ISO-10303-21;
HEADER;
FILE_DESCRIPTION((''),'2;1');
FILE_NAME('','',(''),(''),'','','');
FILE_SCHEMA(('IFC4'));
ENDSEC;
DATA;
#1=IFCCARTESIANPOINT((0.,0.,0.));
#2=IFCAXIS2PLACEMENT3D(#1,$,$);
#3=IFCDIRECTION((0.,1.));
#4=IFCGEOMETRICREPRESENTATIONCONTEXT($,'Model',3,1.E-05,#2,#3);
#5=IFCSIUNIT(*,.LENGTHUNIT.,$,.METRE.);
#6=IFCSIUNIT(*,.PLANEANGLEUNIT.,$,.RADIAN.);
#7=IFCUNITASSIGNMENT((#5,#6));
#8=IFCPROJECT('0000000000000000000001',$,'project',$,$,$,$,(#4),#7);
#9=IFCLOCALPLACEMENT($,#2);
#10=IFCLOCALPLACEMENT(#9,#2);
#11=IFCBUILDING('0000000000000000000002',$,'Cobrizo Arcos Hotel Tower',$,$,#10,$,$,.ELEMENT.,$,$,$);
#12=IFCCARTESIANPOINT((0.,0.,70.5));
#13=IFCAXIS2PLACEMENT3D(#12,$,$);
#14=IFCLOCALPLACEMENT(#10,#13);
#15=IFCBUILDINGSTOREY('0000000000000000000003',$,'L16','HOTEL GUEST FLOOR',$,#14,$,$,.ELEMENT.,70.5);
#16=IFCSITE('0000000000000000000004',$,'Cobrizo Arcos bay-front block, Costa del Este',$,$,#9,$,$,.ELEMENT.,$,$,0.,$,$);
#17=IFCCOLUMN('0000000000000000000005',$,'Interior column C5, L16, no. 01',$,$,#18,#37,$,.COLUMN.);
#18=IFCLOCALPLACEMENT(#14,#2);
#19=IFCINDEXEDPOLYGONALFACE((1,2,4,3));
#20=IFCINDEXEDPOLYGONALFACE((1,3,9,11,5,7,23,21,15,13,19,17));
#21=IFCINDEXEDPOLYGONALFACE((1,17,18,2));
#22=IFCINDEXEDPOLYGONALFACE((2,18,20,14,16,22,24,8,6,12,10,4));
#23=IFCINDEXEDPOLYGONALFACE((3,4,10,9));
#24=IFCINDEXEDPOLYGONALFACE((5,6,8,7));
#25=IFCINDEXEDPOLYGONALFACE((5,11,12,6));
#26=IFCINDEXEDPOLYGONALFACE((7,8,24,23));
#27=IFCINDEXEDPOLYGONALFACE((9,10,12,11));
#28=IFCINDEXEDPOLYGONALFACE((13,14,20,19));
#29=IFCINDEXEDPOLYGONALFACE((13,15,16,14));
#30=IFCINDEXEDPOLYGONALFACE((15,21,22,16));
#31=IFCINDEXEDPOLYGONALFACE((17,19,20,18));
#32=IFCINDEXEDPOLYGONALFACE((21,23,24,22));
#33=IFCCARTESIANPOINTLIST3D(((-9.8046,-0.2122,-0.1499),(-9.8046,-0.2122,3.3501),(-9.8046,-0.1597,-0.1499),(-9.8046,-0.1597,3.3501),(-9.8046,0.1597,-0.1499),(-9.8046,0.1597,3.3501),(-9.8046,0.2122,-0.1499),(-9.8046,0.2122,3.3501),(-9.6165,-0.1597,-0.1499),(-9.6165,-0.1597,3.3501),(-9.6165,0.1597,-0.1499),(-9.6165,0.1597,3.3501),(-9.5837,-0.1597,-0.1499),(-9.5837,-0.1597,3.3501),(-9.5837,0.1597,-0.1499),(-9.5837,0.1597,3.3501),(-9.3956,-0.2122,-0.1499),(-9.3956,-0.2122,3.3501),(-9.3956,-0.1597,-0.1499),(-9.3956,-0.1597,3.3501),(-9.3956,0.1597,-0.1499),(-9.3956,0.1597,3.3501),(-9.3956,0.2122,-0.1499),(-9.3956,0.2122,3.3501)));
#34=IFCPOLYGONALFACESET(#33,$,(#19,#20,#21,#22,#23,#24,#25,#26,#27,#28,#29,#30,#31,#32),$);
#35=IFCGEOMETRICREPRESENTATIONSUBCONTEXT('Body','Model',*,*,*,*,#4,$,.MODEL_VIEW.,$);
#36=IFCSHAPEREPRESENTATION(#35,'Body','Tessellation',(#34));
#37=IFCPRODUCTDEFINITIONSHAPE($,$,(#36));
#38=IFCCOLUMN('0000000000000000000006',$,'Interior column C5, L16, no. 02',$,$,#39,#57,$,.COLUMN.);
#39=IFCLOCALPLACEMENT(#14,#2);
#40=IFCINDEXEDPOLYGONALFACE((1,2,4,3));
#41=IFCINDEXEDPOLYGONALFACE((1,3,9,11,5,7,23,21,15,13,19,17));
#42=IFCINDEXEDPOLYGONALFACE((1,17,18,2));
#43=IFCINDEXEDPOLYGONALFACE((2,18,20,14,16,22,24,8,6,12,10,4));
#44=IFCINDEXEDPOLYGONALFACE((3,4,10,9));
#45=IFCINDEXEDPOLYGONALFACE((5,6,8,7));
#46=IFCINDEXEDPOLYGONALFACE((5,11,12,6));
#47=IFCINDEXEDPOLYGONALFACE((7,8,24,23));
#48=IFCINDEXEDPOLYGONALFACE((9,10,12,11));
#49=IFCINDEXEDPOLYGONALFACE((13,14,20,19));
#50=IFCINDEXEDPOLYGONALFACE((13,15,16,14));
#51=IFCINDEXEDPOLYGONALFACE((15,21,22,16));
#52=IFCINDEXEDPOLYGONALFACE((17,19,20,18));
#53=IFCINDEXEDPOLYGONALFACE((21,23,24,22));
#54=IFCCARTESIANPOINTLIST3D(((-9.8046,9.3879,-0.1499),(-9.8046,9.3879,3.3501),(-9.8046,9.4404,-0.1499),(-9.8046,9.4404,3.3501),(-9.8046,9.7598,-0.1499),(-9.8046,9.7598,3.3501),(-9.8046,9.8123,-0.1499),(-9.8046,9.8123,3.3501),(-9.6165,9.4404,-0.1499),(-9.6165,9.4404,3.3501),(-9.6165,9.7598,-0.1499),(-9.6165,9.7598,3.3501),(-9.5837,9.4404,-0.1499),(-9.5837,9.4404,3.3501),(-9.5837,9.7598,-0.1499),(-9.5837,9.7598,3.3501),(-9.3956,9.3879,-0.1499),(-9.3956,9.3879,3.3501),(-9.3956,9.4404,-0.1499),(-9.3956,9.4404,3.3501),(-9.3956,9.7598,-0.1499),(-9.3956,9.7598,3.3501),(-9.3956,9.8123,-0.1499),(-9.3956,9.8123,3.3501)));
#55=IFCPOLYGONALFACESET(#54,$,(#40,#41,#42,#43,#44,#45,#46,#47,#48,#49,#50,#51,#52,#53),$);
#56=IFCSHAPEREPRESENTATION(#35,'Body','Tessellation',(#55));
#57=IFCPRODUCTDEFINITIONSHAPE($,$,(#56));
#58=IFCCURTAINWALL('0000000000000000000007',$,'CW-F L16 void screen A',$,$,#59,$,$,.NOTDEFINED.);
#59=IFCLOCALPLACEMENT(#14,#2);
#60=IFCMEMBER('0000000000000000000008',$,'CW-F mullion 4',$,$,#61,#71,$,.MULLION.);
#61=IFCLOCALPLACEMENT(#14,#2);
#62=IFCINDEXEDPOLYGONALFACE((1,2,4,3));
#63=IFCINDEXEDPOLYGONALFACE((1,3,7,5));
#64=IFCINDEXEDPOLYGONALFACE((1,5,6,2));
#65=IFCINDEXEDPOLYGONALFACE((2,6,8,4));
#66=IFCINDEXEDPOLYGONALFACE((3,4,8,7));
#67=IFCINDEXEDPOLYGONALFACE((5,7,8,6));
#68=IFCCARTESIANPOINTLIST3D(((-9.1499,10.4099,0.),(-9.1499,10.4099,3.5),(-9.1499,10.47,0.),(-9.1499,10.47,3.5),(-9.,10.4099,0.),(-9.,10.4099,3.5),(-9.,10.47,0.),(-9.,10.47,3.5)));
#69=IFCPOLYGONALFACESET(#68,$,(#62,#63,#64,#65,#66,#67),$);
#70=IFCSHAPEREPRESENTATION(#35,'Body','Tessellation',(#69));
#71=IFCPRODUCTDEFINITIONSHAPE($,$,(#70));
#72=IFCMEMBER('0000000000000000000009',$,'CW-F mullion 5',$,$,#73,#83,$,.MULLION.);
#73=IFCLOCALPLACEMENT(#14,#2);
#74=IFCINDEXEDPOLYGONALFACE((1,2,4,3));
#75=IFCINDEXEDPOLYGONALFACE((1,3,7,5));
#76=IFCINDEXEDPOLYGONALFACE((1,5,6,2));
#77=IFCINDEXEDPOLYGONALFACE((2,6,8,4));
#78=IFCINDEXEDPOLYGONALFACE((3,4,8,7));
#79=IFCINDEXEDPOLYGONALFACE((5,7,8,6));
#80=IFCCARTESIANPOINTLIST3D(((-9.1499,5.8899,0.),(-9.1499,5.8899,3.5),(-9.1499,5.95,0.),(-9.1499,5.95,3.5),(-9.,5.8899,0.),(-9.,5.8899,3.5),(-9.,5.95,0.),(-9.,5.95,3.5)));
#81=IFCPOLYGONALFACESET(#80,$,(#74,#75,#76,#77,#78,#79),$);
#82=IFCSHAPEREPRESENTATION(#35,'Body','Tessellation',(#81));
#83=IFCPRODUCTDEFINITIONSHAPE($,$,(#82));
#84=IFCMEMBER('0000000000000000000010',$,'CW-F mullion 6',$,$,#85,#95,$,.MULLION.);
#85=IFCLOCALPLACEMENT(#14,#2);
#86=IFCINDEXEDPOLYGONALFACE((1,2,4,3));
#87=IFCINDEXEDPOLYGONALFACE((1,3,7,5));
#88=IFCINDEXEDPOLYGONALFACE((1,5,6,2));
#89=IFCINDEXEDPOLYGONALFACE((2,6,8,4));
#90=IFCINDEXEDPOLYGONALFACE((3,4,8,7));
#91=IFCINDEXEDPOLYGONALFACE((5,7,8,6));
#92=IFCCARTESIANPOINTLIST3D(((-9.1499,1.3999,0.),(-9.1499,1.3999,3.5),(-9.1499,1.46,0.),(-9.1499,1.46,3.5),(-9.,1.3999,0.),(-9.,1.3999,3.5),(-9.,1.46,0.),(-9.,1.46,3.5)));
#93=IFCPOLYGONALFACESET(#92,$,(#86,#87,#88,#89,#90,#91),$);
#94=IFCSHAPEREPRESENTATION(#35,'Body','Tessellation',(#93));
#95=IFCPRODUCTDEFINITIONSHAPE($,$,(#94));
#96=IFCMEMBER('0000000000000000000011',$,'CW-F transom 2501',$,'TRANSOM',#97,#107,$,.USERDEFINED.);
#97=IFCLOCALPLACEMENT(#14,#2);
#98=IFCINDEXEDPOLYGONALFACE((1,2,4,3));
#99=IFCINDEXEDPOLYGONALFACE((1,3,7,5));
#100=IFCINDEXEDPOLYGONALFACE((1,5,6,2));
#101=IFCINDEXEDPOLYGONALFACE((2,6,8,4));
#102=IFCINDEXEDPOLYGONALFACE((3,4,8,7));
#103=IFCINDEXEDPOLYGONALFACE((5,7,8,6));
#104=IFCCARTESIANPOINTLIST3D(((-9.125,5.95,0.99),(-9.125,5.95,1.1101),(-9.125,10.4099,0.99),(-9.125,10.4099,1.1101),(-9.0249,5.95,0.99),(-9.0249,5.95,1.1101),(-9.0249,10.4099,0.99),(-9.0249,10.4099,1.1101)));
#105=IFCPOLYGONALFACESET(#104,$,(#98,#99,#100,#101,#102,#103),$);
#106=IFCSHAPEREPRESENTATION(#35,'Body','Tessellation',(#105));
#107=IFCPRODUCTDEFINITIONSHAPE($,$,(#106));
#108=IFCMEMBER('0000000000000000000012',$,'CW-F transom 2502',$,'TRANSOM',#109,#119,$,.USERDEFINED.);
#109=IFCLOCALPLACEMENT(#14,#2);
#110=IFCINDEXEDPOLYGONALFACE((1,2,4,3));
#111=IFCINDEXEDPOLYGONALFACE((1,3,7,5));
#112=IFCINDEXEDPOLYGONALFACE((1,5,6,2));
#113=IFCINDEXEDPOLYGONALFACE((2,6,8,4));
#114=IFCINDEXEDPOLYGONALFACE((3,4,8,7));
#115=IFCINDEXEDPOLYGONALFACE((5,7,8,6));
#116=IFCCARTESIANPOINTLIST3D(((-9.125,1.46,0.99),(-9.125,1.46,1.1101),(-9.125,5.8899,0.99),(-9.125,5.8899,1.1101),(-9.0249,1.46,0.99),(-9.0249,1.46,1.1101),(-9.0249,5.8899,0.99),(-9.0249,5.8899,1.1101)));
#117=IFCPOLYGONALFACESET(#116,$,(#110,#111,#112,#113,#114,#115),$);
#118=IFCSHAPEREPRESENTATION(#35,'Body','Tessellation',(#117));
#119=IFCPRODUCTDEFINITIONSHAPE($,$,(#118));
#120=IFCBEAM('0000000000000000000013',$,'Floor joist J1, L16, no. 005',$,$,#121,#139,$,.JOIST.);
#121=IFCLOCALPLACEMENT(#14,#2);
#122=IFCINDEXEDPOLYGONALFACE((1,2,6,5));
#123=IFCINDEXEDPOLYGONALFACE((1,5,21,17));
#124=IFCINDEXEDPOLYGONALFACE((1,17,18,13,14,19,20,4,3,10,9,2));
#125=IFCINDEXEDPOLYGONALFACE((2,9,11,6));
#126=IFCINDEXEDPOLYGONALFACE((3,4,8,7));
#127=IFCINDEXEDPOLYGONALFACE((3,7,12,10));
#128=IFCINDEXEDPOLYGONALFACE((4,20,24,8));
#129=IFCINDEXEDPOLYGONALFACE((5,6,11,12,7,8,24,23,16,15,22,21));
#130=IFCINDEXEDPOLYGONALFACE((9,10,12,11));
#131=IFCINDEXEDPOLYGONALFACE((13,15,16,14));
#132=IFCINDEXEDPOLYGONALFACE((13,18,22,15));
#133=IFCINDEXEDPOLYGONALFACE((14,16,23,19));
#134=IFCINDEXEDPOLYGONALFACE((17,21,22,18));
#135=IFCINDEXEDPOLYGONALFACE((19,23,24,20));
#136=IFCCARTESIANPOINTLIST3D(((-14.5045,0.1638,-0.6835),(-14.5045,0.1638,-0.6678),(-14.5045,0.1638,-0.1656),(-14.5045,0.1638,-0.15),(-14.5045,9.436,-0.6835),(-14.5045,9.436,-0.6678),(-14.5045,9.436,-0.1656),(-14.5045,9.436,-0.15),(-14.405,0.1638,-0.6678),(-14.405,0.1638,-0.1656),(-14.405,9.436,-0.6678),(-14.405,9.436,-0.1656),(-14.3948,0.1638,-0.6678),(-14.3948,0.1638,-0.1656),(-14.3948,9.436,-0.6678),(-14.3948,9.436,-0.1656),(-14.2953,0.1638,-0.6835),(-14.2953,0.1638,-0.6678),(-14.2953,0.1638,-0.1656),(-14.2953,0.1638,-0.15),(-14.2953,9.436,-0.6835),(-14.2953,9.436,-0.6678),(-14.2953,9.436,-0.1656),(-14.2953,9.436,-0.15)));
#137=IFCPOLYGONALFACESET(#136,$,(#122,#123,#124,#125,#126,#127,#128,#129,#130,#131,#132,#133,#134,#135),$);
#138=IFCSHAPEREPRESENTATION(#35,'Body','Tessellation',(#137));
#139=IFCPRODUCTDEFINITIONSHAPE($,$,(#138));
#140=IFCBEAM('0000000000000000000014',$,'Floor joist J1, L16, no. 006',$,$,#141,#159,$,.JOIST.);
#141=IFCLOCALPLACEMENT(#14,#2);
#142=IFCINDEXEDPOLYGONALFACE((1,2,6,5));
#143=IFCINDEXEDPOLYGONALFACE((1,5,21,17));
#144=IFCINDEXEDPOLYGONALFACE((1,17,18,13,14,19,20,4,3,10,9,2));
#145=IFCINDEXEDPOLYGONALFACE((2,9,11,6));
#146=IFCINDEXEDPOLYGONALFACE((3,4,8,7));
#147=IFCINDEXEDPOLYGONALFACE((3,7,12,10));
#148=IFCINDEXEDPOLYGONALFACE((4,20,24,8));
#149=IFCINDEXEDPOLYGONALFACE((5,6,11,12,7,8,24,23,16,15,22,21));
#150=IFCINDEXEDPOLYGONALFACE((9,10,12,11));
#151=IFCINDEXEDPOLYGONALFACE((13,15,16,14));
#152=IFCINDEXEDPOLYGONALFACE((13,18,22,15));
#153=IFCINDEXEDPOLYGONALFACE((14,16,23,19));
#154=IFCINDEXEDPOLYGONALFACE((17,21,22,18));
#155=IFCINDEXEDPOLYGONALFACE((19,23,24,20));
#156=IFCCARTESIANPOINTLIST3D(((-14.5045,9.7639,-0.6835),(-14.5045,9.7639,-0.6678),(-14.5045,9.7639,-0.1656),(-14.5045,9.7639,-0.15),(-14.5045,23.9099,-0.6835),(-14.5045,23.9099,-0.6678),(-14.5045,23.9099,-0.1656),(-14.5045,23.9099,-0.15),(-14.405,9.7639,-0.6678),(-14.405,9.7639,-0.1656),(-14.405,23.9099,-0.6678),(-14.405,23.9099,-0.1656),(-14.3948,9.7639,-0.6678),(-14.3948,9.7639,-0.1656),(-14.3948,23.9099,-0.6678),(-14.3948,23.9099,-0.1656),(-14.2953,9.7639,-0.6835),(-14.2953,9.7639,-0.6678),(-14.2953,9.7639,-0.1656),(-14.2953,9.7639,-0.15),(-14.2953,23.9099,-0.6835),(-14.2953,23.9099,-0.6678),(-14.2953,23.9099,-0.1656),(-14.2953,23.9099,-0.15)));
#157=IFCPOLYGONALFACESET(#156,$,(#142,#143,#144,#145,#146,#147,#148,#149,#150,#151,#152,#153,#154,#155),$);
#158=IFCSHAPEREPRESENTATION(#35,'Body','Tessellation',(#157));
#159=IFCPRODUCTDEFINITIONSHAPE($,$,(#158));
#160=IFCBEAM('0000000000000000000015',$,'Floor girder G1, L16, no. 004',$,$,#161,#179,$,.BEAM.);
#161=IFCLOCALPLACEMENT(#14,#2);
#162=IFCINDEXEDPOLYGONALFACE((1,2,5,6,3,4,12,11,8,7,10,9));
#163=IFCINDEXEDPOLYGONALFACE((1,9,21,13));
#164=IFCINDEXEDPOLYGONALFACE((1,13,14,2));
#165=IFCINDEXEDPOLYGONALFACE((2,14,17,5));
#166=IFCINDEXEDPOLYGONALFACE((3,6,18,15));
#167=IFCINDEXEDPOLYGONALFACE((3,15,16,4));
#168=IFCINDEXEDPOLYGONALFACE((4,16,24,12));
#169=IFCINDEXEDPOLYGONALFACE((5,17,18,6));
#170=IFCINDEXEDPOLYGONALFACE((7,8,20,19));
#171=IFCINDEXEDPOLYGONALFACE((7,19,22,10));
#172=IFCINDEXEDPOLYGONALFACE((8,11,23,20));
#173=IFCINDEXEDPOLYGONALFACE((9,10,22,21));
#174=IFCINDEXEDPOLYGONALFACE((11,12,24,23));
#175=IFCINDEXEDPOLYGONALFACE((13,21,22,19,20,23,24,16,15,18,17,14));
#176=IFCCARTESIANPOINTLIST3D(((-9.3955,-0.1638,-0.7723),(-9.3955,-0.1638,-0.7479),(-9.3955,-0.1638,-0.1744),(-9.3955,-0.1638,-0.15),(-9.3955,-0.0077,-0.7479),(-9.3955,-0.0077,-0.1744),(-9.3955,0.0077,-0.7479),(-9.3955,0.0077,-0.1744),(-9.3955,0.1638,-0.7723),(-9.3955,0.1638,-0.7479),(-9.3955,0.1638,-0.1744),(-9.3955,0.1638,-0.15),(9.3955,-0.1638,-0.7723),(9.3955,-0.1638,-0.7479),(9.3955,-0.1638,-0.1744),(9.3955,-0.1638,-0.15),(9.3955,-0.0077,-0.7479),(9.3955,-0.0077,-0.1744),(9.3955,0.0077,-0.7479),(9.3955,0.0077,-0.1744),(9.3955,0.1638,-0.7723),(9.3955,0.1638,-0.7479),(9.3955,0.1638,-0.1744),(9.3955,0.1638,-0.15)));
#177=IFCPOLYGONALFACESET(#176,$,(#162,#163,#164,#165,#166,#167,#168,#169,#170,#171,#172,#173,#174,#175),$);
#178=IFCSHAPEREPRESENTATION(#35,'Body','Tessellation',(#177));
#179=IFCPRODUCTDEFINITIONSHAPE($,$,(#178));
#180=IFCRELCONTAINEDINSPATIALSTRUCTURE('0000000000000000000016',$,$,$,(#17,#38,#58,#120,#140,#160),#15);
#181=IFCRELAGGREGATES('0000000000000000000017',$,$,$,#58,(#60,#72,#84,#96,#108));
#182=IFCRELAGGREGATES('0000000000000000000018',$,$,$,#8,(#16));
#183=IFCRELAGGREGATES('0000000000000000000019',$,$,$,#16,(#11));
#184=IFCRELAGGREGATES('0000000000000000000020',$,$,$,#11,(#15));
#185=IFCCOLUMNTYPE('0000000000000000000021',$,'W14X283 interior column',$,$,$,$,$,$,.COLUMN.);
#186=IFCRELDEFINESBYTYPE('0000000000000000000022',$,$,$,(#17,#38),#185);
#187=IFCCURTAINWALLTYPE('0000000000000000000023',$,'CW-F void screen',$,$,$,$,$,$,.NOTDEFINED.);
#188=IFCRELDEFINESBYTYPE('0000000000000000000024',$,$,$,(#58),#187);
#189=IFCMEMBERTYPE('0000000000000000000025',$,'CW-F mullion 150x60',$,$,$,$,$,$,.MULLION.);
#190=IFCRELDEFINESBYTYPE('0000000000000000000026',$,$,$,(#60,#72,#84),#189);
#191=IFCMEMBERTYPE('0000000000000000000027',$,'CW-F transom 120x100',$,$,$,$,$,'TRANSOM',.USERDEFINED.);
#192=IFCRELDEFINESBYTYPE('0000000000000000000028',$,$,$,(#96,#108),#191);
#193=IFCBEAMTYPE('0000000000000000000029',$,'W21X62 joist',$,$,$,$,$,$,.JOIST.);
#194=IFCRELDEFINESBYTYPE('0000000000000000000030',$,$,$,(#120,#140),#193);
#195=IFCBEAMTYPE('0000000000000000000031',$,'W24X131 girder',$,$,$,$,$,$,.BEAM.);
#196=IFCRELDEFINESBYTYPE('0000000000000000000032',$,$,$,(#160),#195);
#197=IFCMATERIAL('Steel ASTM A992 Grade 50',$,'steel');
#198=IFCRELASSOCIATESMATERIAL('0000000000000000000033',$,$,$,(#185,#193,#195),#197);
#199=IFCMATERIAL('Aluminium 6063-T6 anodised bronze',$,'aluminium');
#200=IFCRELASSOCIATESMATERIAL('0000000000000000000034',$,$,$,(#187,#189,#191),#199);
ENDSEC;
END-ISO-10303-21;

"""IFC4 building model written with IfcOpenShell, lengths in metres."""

from ifc_helpers import new_model, si_unit, direction, frame, origin, origin_2d, place, context, subcontext, project, spatial, rectangle, i_section, extrude, material, material_profile, profile_set, type_object, element, aggregate, save


model = new_model("IFC4")

# Units and contexts
model_context = context("Model", 3, precision=1e-05, world=origin(), true_north=direction((0.0, 1.0)))
body_context = subcontext(model_context, "Body", "Model", "MODEL_VIEW")
ifc_project = project(units=[si_unit("LENGTHUNIT", "METRE"), si_unit("PLANEANGLEUNIT", "RADIAN")], contexts=[model_context])

# Site, building, storey
site_placement = place(None, origin())
site = spatial("IfcSite", under=ifc_project, at=site_placement, Name="Cobrizo Arcos bay-front block, Costa del Este", CompositionType="ELEMENT", RefElevation=0.0)
building_placement = place(site_placement, origin())
building = spatial("IfcBuilding", under=site, at=building_placement, Name="Cobrizo Arcos Hotel Tower", CompositionType="ELEMENT")
storey_placement = place(building_placement, frame((0.0, 0.0, 70.5)))
storey = spatial("IfcBuildingStorey", under=building, at=storey_placement, Name="L16", Description="HOTEL GUEST FLOOR", CompositionType="ELEMENT", Elevation=70.5)

# Columns
ifc_material_1 = material(Name="Steel ASTM A992 Grade 50", Category="steel")
ifc_material_profile_1 = material_profile(ifc_material_1, i_section(OverallWidth=0.4089, OverallDepth=0.4243, WebThickness=0.0327, FlangeThickness=0.0525, at=origin_2d()), Name="W14X283")
ifc_profile_set_1 = profile_set([ifc_material_profile_1], Name="Steel ASTM A992 Grade 50")
column_type = type_object("IfcColumnType", Name="W14X283 interior column", PredefinedType="COLUMN", material=ifc_profile_set_1)
for number, where, z_axis, x_axis, name in (
    (1, (-9.6001, 0.0, -0.1499), (0.0, 0.0, 1.0), (1.0, 0.0, 0.0), "Interior column C5, L16, no. 01"),
    (2, (-9.6001, 9.6001, -0.1499), (0.0, 0.0, 1.0), (1.0, 0.0, 0.0), "Interior column C5, L16, no. 02"),
):
    element("IfcColumn", number, at=place(storey_placement, frame(where, z_axis=z_axis, x_axis=x_axis)), inside=storey, type_object=column_type, Name=name, PredefinedType="COLUMN", context=body_context, shape_type="SweptSolid", body=[
        extrude(i_section(OverallWidth=0.4089, OverallDepth=0.4243, WebThickness=0.0327, FlangeThickness=0.0525, at=origin_2d()), origin(), (0.0, 0.0, 1.0), 3.5),
    ])

# Curtain wall, members
ifc_material_2 = material(Name="Aluminium 6063-T6 anodised bronze", Category="aluminium")
curtain_wall_type = type_object("IfcCurtainWallType", Name="CW-F void screen", PredefinedType="NOTDEFINED", material=ifc_material_2)
curtain_wall_placement = place(storey_placement, origin())
curtain_wall = element("IfcCurtainWall", 3, at=curtain_wall_placement, inside=storey, type_object=curtain_wall_type, Name="CW-F L16 void screen A", PredefinedType="NOTDEFINED")
ifc_material_profile_2 = material_profile(ifc_material_2, rectangle(XDim=0.1499, YDim=0.0601, at=origin_2d()), Name="CW-F mullion 150x60")
ifc_profile_set_2 = profile_set([ifc_material_profile_2], Name="Aluminium 6063-T6 anodised bronze")
member_type_1 = type_object("IfcMemberType", Name="CW-F mullion 150x60", PredefinedType="MULLION", material=ifc_profile_set_2)
member_1_placement = place(storey_placement, frame((-9.075, 10.4399, 0.0), z_axis=(0.0, 0.0, 1.0), x_axis=(-1.0, 0.0, 0.0)))
member_1 = element("IfcMember", 4, at=member_1_placement, type_object=member_type_1, Name="CW-F mullion 4", PredefinedType="MULLION", context=body_context, shape_type="SweptSolid", body=[
    extrude(rectangle(XDim=0.1499, YDim=0.0601, at=origin_2d()), origin(), (0.0, 0.0, 1.0), 3.5),
])
member_2_placement = place(storey_placement, frame((-9.075, 5.9199, 0.0), z_axis=(0.0, 0.0, 1.0), x_axis=(-1.0, 0.0, 0.0)))
member_2 = element("IfcMember", 5, at=member_2_placement, type_object=member_type_1, Name="CW-F mullion 5", PredefinedType="MULLION", context=body_context, shape_type="SweptSolid", body=[
    extrude(rectangle(XDim=0.1499, YDim=0.0601, at=origin_2d()), origin(), (0.0, 0.0, 1.0), 3.5),
])
member_3_placement = place(storey_placement, frame((-9.075, 1.4299, 0.0), z_axis=(0.0, 0.0, 1.0), x_axis=(-1.0, 0.0, 0.0)))
member_3 = element("IfcMember", 6, at=member_3_placement, type_object=member_type_1, Name="CW-F mullion 6", PredefinedType="MULLION", context=body_context, shape_type="SweptSolid", body=[
    extrude(rectangle(XDim=0.1499, YDim=0.0601, at=origin_2d()), origin(), (0.0, 0.0, 1.0), 3.5),
])
ifc_material_profile_3 = material_profile(ifc_material_2, rectangle(XDim=0.1001, YDim=0.1201, at=origin_2d()), Name="CW-F transom 120x100")
ifc_profile_set_3 = profile_set([ifc_material_profile_3], Name="Aluminium 6063-T6 anodised bronze")
member_type_2 = type_object("IfcMemberType", Name="CW-F transom 120x100", ElementType="TRANSOM", PredefinedType="USERDEFINED", material=ifc_profile_set_3)
member_4_placement = place(storey_placement, frame((-9.075, 10.4099, 1.05), z_axis=(0.0, -1.0, 0.0), x_axis=(1.0, 0.0, 0.0)))
member_4 = element("IfcMember", 7, at=member_4_placement, type_object=member_type_2, Name="CW-F transom 2501", ObjectType="TRANSOM", PredefinedType="USERDEFINED", context=body_context, shape_type="SweptSolid", body=[
    extrude(rectangle(XDim=0.1001, YDim=0.1201, at=origin_2d()), origin(), (0.0, 0.0, 1.0), 4.46),
])
member_5_placement = place(storey_placement, frame((-9.075, 5.8899, 1.05), z_axis=(0.0, -1.0, 0.0), x_axis=(1.0, 0.0, 0.0)))
member_5 = element("IfcMember", 8, at=member_5_placement, type_object=member_type_2, Name="CW-F transom 2502", ObjectType="TRANSOM", PredefinedType="USERDEFINED", context=body_context, shape_type="SweptSolid", body=[
    extrude(rectangle(XDim=0.1001, YDim=0.1201, at=origin_2d()), origin(), (0.0, 0.0, 1.0), 4.4299),
])

# Beams
ifc_material_profile_4 = material_profile(ifc_material_1, i_section(OverallWidth=0.2092, OverallDepth=0.5334, WebThickness=0.0103, FlangeThickness=0.0156, at=origin_2d()), Name="W21X62")
ifc_profile_set_4 = profile_set([ifc_material_profile_4], Name="Steel ASTM A992 Grade 50")
beam_type_1 = type_object("IfcBeamType", Name="W21X62 joist", PredefinedType="JOIST", material=ifc_profile_set_4)
beam_1_placement = place(storey_placement, frame((-14.3999, 0.1638, -0.4167), z_axis=(0.0, 1.0, 0.0), x_axis=(-1.0, 0.0, 0.0)))
element("IfcBeam", 9, at=beam_1_placement, inside=storey, type_object=beam_type_1, Name="Floor joist J1, L16, no. 005", PredefinedType="JOIST", context=body_context, shape_type="SweptSolid", body=[
    extrude(i_section(OverallWidth=0.2092, OverallDepth=0.5334, WebThickness=0.0103, FlangeThickness=0.0156, at=origin_2d()), origin(), (0.0, 0.0, 1.0), 9.2722),
])
beam_2_placement = place(storey_placement, frame((-14.3999, 9.7639, -0.4167), z_axis=(0.0, 1.0, 0.0), x_axis=(-1.0, 0.0, 0.0)))
element("IfcBeam", 10, at=beam_2_placement, inside=storey, type_object=beam_type_1, Name="Floor joist J1, L16, no. 006", PredefinedType="JOIST", context=body_context, shape_type="SweptSolid", body=[
    extrude(i_section(OverallWidth=0.2092, OverallDepth=0.5334, WebThickness=0.0103, FlangeThickness=0.0156, at=origin_2d()), origin(), (0.0, 0.0, 1.0), 14.146),
])
ifc_material_profile_5 = material_profile(ifc_material_1, i_section(OverallWidth=0.3276, OverallDepth=0.6223, WebThickness=0.0154, FlangeThickness=0.0244, at=origin_2d()), Name="W24X131")
ifc_profile_set_5 = profile_set([ifc_material_profile_5], Name="Steel ASTM A992 Grade 50")
beam_type_2 = type_object("IfcBeamType", Name="W24X131 girder", PredefinedType="BEAM", material=ifc_profile_set_5)
beam_3_placement = place(storey_placement, frame((-9.3955, 0.0, -0.4612), z_axis=(1.0, 0.0, 0.0), x_axis=(0.0, 1.0, 0.0)))
element("IfcBeam", 11, at=beam_3_placement, inside=storey, type_object=beam_type_2, Name="Floor girder G1, L16, no. 004", PredefinedType="BEAM", context=body_context, shape_type="SweptSolid", body=[
    extrude(i_section(OverallWidth=0.3276, OverallDepth=0.6223, WebThickness=0.0154, FlangeThickness=0.0244, at=origin_2d()), origin(), (0.0, 0.0, 1.0), 18.791),
])

aggregate(curtain_wall, [member_1, member_2, member_3, member_4, member_5])

save(model, "model.ifc")
